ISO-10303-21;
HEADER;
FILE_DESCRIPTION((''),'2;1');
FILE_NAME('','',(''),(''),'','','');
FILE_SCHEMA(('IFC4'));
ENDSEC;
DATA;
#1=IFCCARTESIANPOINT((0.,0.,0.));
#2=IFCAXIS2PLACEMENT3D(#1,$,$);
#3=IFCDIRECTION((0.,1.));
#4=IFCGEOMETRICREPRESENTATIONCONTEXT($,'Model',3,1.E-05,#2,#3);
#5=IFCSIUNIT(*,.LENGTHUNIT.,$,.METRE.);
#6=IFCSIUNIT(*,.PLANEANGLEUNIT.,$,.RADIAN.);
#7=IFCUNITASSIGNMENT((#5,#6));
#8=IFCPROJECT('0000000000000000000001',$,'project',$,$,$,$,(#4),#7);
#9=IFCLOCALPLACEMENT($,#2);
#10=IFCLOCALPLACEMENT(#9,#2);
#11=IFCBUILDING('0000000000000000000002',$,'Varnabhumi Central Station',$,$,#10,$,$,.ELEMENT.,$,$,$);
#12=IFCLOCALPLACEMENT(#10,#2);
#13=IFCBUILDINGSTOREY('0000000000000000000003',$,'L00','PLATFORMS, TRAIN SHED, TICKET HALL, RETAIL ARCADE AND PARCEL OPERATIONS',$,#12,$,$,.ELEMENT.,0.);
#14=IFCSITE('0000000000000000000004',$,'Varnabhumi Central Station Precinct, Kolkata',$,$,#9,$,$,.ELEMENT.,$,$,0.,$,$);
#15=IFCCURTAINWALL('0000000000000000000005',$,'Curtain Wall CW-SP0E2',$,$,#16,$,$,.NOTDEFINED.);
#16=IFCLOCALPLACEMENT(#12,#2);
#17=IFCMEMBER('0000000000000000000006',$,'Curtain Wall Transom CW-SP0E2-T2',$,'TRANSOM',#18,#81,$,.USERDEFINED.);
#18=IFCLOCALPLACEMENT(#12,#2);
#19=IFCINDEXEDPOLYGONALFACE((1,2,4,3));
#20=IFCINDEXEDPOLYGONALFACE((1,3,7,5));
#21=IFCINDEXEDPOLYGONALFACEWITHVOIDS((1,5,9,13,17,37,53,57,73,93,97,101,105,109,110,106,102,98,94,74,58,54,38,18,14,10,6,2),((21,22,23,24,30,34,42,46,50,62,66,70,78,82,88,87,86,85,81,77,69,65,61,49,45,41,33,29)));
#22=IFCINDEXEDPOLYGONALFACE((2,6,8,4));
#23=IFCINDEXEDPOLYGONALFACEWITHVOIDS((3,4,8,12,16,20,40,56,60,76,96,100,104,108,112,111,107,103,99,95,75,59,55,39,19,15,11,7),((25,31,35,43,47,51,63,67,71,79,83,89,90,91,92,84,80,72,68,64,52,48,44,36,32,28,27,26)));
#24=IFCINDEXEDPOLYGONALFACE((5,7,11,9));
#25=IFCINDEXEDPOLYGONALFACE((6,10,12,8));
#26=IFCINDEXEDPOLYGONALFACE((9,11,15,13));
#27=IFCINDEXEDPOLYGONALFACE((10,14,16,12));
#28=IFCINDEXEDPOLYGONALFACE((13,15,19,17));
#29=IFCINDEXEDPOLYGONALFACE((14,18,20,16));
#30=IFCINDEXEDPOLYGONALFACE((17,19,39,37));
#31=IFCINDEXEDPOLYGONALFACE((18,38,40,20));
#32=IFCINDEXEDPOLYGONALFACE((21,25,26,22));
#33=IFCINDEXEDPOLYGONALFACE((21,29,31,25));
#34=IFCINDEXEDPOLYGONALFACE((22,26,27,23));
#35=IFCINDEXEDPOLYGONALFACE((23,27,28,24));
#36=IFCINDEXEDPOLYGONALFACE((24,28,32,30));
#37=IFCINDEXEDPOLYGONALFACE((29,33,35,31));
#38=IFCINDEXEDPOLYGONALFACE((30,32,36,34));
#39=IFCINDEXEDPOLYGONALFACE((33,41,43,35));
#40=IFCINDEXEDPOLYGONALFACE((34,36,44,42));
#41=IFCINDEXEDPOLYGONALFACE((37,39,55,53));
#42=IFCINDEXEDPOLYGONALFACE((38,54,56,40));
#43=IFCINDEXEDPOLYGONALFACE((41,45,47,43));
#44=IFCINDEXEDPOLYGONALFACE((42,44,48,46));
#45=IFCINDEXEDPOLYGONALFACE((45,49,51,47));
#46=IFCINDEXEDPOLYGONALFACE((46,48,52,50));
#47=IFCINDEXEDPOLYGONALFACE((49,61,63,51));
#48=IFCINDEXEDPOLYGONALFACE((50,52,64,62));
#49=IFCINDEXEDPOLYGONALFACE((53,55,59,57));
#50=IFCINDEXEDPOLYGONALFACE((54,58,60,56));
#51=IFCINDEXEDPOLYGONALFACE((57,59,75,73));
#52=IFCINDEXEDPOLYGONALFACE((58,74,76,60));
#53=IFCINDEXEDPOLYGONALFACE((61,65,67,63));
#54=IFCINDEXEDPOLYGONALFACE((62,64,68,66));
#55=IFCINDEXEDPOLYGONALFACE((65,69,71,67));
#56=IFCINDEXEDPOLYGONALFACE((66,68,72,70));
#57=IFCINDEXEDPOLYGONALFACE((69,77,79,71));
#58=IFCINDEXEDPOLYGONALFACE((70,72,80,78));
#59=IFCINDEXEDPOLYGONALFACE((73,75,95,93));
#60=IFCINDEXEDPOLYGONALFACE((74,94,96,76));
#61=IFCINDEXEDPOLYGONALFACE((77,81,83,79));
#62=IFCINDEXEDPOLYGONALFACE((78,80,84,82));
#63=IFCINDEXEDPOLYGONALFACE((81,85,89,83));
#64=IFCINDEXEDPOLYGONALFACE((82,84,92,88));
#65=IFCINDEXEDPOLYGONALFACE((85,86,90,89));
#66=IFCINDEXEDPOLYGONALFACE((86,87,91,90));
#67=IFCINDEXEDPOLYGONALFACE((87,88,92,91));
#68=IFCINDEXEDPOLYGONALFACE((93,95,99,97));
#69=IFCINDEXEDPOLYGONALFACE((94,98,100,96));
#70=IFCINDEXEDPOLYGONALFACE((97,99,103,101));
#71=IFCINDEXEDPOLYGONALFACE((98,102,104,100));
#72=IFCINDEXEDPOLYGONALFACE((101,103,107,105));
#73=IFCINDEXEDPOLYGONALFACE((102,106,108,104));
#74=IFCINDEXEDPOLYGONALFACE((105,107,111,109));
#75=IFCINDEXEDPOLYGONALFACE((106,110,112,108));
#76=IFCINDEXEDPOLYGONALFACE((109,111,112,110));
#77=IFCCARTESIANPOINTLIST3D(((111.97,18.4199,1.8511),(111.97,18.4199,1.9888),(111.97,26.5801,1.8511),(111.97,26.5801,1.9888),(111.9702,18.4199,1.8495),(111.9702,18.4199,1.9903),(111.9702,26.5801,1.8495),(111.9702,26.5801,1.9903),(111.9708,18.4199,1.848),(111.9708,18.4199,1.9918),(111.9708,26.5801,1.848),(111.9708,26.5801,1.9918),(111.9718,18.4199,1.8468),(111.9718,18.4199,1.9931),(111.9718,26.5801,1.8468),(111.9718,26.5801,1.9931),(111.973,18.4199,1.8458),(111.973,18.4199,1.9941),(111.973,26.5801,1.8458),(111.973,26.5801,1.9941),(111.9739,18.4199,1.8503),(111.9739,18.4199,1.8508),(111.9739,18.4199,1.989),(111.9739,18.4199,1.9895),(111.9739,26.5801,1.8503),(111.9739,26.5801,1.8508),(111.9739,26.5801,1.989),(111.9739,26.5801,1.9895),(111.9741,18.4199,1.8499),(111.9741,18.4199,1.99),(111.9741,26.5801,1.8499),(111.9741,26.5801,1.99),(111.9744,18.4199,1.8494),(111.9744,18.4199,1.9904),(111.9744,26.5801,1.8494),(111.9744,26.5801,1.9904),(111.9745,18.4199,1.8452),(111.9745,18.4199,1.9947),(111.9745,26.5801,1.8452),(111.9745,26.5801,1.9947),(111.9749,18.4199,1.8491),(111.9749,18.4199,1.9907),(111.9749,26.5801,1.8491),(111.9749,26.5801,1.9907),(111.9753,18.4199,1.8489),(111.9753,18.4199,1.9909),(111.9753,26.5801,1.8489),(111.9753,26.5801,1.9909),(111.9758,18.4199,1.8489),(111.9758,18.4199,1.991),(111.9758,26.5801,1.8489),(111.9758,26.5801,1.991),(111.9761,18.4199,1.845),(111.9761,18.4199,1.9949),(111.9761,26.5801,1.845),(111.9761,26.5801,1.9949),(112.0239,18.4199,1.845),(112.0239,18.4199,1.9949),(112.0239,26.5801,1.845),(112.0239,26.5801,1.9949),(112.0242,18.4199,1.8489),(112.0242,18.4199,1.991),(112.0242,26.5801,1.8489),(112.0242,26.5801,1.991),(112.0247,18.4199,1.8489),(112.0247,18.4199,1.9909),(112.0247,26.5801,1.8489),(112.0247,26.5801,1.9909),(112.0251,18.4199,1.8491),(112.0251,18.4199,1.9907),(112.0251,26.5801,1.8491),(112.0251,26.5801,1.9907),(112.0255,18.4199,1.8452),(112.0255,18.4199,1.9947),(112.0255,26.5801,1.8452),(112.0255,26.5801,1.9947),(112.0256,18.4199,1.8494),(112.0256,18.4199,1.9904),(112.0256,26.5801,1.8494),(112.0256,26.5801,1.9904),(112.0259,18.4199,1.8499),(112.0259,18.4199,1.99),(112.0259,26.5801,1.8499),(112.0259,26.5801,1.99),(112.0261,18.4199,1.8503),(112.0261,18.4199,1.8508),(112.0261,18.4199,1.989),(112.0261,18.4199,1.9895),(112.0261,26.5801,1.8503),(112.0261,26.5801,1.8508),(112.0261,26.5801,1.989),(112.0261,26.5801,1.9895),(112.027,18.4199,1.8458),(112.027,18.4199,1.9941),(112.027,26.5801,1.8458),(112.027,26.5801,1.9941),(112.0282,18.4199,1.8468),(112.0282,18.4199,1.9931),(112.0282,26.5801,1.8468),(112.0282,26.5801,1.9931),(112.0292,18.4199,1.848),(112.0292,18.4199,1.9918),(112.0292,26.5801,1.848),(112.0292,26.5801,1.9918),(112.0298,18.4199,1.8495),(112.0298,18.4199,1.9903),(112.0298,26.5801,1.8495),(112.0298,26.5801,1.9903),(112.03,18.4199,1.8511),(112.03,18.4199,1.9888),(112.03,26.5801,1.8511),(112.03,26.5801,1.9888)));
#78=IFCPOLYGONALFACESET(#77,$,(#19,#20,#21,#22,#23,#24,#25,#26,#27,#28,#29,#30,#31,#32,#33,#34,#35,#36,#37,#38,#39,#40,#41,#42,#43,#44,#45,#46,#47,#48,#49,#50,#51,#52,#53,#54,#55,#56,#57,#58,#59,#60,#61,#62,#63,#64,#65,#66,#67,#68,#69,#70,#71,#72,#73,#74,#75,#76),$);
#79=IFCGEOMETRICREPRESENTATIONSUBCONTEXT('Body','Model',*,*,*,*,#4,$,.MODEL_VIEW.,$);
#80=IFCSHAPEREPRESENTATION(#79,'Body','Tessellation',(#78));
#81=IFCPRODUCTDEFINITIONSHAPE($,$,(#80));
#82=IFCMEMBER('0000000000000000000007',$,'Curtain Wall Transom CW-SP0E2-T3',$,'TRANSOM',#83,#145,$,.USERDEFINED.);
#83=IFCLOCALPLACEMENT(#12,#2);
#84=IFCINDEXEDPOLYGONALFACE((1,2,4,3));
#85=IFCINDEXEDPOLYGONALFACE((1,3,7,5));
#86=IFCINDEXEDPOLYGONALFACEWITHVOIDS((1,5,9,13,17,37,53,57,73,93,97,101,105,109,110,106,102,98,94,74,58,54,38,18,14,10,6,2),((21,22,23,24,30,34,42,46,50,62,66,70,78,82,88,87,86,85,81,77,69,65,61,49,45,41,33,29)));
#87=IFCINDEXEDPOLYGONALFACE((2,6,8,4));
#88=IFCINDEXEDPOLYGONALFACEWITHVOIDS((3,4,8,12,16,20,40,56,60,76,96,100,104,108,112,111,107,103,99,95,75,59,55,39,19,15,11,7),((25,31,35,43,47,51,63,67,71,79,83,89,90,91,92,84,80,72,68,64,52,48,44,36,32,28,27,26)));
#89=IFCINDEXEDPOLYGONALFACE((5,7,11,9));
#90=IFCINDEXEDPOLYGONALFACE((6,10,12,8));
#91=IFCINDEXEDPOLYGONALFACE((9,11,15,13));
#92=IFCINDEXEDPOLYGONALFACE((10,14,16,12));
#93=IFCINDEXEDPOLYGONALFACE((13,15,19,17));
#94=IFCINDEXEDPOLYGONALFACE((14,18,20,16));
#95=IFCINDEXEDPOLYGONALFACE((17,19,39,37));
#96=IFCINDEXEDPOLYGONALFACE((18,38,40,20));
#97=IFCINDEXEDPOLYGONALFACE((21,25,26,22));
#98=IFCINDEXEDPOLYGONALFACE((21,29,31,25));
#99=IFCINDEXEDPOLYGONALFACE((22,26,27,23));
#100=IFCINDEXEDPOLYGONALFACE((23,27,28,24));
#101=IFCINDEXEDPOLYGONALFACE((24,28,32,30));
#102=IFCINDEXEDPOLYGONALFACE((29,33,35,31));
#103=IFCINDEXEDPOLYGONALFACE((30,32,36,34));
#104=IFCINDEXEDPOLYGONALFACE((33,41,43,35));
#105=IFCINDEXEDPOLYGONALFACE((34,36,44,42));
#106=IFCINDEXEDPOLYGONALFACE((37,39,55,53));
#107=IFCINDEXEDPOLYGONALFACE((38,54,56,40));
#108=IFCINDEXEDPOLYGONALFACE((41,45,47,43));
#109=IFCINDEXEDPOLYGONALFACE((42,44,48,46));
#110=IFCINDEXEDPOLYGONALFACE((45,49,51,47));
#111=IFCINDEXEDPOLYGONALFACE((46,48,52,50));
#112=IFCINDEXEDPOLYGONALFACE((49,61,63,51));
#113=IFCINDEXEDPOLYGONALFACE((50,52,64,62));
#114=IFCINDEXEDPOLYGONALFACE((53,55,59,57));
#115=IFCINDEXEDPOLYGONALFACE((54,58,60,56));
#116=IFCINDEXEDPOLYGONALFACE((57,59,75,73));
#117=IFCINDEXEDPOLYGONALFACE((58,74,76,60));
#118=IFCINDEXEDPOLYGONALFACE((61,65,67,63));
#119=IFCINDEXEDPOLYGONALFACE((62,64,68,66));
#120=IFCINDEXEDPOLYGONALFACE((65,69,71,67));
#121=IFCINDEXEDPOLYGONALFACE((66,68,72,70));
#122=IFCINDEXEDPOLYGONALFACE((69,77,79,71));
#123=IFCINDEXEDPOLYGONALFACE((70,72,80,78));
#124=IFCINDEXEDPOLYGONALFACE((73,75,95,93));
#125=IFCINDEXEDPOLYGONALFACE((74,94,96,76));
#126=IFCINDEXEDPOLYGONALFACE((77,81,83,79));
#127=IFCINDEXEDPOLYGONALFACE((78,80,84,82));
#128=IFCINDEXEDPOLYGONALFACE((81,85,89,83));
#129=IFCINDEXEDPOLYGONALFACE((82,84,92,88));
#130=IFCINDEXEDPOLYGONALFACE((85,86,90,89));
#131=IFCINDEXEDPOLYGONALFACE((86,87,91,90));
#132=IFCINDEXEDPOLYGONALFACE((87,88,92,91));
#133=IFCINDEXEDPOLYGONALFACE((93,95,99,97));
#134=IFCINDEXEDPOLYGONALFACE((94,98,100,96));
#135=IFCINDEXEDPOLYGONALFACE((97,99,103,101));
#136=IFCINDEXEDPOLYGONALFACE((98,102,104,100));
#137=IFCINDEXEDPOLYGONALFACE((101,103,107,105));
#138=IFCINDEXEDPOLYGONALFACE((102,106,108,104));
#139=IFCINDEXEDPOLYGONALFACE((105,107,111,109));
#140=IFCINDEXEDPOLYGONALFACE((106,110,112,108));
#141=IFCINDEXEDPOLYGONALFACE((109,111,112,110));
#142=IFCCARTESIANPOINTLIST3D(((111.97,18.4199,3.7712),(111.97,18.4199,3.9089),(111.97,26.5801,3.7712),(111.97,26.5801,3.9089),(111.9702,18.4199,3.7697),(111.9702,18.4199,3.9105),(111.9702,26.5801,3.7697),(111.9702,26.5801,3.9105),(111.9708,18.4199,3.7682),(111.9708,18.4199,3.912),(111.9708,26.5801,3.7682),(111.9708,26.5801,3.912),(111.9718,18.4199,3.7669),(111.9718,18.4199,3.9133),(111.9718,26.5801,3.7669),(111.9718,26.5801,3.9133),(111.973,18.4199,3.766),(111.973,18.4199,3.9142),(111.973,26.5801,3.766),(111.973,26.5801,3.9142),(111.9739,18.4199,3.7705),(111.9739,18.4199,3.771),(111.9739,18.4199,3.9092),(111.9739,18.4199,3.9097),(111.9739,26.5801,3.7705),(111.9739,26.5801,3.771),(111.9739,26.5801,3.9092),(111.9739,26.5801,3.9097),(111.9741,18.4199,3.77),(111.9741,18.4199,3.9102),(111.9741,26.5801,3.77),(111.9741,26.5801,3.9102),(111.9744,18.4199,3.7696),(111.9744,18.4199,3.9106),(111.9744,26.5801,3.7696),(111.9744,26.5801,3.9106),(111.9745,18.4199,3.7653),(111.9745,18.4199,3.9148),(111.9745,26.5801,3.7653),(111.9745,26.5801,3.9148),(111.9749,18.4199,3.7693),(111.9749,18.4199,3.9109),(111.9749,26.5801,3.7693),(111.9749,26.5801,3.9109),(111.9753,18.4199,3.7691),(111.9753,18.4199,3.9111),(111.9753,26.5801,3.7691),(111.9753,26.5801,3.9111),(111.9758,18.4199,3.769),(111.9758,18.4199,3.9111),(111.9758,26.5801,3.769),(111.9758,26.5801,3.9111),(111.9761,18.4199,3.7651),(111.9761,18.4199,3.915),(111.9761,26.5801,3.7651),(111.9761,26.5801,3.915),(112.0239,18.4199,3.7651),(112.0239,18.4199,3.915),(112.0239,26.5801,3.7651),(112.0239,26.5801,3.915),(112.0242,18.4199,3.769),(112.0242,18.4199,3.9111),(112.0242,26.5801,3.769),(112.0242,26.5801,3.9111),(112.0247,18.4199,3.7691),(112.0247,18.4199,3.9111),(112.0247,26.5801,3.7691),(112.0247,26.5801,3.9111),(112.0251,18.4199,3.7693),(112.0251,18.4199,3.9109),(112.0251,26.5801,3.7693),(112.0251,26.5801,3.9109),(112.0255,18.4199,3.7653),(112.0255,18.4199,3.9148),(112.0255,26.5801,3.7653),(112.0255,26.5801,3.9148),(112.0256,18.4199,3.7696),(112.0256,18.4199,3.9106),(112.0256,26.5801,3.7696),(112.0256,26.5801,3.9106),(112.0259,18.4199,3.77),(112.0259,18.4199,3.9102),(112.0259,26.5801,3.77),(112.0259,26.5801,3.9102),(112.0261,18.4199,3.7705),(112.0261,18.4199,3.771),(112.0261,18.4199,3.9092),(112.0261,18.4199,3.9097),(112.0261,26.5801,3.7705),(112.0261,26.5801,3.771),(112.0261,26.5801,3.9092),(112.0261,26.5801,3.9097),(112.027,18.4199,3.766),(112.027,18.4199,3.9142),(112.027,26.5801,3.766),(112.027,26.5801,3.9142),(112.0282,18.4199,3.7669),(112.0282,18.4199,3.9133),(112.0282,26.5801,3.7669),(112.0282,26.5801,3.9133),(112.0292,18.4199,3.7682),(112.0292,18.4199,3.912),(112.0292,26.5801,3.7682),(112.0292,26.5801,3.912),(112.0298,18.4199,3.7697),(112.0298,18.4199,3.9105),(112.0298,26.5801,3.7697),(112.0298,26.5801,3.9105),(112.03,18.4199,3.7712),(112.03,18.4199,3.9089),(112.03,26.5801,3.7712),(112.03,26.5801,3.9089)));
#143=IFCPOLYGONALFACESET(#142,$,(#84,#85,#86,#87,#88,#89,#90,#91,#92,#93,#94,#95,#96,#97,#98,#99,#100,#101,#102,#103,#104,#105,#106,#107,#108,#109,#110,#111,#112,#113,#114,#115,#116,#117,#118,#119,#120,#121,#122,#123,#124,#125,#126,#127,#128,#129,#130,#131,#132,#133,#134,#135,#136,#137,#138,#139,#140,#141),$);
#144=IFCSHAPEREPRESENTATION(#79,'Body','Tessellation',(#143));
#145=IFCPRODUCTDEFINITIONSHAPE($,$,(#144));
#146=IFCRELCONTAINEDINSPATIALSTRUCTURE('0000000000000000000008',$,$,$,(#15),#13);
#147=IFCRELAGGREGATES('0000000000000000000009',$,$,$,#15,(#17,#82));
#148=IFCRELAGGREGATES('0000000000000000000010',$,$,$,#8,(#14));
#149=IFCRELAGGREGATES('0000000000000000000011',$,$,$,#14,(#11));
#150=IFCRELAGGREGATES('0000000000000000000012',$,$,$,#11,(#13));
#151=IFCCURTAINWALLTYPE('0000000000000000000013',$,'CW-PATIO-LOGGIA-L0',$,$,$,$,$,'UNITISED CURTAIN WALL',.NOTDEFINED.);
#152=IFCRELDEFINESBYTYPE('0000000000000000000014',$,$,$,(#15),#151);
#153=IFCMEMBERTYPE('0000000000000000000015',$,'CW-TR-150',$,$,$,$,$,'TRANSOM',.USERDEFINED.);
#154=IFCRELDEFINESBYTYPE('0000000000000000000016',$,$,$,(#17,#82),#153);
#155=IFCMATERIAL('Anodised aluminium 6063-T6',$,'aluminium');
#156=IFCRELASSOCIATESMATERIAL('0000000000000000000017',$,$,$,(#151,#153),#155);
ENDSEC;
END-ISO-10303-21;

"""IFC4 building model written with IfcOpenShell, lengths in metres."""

from ifc_helpers import new_model, si_unit, direction, frame, origin, origin_2d, place, context, subcontext, project, spatial, hollow_rectangle, extrude, material, material_profile, profile_set, type_object, element, aggregate, save


model = new_model("IFC4")

# Units and contexts
model_context = context("Model", 3, precision=1e-05, world=origin(), true_north=direction((0.0, 1.0)))
body_context = subcontext(model_context, "Body", "Model", "MODEL_VIEW")
ifc_project = project(units=[si_unit("LENGTHUNIT", "METRE"), si_unit("PLANEANGLEUNIT", "RADIAN")], contexts=[model_context])

# Site, building, storey
site_placement = place(None, origin())
site = spatial("IfcSite", under=ifc_project, at=site_placement, Name="Varnabhumi Central Station Precinct, Kolkata", CompositionType="ELEMENT", RefElevation=0.0)
building_placement = place(site_placement, origin())
building = spatial("IfcBuilding", under=site, at=building_placement, Name="Varnabhumi Central Station", CompositionType="ELEMENT")
storey_placement = place(building_placement, origin())
storey = spatial("IfcBuildingStorey", under=building, at=storey_placement, Name="L00", Description="PLATFORMS, TRAIN SHED, TICKET HALL, RETAIL ARCADE AND PARCEL OPERATIONS", CompositionType="ELEMENT", Elevation=0.0)

# Curtain wall
ifc_material_1 = material(Name="Anodised aluminium 6063-T6", Category="aluminium")
curtain_wall_type = type_object("IfcCurtainWallType", Name="CW-PATIO-LOGGIA-L0", ElementType="UNITISED CURTAIN WALL", PredefinedType="NOTDEFINED", material=ifc_material_1)
curtain_wall_1_placement = place(storey_placement, origin())
curtain_wall_1 = element("IfcCurtainWall", 1, at=curtain_wall_1_placement, inside=storey, type_object=curtain_wall_type, Name="Curtain Wall CW-SP0E2", PredefinedType="NOTDEFINED")

# Members
ifc_material_profile_1 = material_profile(ifc_material_1, hollow_rectangle(XDim=0.0601, YDim=0.1499, WallThickness=0.0039, InnerFilletRadius=0.002, OuterFilletRadius=0.0061, at=origin_2d()), Name="Anodised aluminium 6063-T6", Category="aluminium")
ifc_profile_set_1 = profile_set([ifc_material_profile_1], Name="Anodised aluminium 6063-T6")
member_type_1 = type_object("IfcMemberType", Name="CW-TR-150", ElementType="TRANSOM", PredefinedType="USERDEFINED", material=ifc_profile_set_1)
member_1_placement = place(storey_placement, frame((112.0, 18.4199, 1.9199), z_axis=(0.0, 1.0, 0.0), x_axis=(-1.0, 0.0, 0.0)))
member_1 = element("IfcMember", 2, at=member_1_placement, type_object=member_type_1, Name="Curtain Wall Transom CW-SP0E2-T2", ObjectType="TRANSOM", PredefinedType="USERDEFINED", context=body_context, shape_type="SweptSolid", body=[
    extrude(hollow_rectangle(XDim=0.0601, YDim=0.1499, WallThickness=0.0039, InnerFilletRadius=0.002, OuterFilletRadius=0.0061, at=origin_2d()), origin(), (0.0, 0.0, 1.0), 8.1602),
])
member_2_placement = place(storey_placement, frame((112.0, 18.4199, 3.8401), z_axis=(0.0, 1.0, 0.0), x_axis=(-1.0, 0.0, 0.0)))
member_2 = element("IfcMember", 3, at=member_2_placement, type_object=member_type_1, Name="Curtain Wall Transom CW-SP0E2-T3", ObjectType="TRANSOM", PredefinedType="USERDEFINED", context=body_context, shape_type="SweptSolid", body=[
    extrude(hollow_rectangle(XDim=0.0601, YDim=0.1499, WallThickness=0.0039, InnerFilletRadius=0.002, OuterFilletRadius=0.0061, at=origin_2d()), origin(), (0.0, 0.0, 1.0), 8.1602),
])

aggregate(curtain_wall_1, [member_1, member_2])

save(model, "model.ifc")
